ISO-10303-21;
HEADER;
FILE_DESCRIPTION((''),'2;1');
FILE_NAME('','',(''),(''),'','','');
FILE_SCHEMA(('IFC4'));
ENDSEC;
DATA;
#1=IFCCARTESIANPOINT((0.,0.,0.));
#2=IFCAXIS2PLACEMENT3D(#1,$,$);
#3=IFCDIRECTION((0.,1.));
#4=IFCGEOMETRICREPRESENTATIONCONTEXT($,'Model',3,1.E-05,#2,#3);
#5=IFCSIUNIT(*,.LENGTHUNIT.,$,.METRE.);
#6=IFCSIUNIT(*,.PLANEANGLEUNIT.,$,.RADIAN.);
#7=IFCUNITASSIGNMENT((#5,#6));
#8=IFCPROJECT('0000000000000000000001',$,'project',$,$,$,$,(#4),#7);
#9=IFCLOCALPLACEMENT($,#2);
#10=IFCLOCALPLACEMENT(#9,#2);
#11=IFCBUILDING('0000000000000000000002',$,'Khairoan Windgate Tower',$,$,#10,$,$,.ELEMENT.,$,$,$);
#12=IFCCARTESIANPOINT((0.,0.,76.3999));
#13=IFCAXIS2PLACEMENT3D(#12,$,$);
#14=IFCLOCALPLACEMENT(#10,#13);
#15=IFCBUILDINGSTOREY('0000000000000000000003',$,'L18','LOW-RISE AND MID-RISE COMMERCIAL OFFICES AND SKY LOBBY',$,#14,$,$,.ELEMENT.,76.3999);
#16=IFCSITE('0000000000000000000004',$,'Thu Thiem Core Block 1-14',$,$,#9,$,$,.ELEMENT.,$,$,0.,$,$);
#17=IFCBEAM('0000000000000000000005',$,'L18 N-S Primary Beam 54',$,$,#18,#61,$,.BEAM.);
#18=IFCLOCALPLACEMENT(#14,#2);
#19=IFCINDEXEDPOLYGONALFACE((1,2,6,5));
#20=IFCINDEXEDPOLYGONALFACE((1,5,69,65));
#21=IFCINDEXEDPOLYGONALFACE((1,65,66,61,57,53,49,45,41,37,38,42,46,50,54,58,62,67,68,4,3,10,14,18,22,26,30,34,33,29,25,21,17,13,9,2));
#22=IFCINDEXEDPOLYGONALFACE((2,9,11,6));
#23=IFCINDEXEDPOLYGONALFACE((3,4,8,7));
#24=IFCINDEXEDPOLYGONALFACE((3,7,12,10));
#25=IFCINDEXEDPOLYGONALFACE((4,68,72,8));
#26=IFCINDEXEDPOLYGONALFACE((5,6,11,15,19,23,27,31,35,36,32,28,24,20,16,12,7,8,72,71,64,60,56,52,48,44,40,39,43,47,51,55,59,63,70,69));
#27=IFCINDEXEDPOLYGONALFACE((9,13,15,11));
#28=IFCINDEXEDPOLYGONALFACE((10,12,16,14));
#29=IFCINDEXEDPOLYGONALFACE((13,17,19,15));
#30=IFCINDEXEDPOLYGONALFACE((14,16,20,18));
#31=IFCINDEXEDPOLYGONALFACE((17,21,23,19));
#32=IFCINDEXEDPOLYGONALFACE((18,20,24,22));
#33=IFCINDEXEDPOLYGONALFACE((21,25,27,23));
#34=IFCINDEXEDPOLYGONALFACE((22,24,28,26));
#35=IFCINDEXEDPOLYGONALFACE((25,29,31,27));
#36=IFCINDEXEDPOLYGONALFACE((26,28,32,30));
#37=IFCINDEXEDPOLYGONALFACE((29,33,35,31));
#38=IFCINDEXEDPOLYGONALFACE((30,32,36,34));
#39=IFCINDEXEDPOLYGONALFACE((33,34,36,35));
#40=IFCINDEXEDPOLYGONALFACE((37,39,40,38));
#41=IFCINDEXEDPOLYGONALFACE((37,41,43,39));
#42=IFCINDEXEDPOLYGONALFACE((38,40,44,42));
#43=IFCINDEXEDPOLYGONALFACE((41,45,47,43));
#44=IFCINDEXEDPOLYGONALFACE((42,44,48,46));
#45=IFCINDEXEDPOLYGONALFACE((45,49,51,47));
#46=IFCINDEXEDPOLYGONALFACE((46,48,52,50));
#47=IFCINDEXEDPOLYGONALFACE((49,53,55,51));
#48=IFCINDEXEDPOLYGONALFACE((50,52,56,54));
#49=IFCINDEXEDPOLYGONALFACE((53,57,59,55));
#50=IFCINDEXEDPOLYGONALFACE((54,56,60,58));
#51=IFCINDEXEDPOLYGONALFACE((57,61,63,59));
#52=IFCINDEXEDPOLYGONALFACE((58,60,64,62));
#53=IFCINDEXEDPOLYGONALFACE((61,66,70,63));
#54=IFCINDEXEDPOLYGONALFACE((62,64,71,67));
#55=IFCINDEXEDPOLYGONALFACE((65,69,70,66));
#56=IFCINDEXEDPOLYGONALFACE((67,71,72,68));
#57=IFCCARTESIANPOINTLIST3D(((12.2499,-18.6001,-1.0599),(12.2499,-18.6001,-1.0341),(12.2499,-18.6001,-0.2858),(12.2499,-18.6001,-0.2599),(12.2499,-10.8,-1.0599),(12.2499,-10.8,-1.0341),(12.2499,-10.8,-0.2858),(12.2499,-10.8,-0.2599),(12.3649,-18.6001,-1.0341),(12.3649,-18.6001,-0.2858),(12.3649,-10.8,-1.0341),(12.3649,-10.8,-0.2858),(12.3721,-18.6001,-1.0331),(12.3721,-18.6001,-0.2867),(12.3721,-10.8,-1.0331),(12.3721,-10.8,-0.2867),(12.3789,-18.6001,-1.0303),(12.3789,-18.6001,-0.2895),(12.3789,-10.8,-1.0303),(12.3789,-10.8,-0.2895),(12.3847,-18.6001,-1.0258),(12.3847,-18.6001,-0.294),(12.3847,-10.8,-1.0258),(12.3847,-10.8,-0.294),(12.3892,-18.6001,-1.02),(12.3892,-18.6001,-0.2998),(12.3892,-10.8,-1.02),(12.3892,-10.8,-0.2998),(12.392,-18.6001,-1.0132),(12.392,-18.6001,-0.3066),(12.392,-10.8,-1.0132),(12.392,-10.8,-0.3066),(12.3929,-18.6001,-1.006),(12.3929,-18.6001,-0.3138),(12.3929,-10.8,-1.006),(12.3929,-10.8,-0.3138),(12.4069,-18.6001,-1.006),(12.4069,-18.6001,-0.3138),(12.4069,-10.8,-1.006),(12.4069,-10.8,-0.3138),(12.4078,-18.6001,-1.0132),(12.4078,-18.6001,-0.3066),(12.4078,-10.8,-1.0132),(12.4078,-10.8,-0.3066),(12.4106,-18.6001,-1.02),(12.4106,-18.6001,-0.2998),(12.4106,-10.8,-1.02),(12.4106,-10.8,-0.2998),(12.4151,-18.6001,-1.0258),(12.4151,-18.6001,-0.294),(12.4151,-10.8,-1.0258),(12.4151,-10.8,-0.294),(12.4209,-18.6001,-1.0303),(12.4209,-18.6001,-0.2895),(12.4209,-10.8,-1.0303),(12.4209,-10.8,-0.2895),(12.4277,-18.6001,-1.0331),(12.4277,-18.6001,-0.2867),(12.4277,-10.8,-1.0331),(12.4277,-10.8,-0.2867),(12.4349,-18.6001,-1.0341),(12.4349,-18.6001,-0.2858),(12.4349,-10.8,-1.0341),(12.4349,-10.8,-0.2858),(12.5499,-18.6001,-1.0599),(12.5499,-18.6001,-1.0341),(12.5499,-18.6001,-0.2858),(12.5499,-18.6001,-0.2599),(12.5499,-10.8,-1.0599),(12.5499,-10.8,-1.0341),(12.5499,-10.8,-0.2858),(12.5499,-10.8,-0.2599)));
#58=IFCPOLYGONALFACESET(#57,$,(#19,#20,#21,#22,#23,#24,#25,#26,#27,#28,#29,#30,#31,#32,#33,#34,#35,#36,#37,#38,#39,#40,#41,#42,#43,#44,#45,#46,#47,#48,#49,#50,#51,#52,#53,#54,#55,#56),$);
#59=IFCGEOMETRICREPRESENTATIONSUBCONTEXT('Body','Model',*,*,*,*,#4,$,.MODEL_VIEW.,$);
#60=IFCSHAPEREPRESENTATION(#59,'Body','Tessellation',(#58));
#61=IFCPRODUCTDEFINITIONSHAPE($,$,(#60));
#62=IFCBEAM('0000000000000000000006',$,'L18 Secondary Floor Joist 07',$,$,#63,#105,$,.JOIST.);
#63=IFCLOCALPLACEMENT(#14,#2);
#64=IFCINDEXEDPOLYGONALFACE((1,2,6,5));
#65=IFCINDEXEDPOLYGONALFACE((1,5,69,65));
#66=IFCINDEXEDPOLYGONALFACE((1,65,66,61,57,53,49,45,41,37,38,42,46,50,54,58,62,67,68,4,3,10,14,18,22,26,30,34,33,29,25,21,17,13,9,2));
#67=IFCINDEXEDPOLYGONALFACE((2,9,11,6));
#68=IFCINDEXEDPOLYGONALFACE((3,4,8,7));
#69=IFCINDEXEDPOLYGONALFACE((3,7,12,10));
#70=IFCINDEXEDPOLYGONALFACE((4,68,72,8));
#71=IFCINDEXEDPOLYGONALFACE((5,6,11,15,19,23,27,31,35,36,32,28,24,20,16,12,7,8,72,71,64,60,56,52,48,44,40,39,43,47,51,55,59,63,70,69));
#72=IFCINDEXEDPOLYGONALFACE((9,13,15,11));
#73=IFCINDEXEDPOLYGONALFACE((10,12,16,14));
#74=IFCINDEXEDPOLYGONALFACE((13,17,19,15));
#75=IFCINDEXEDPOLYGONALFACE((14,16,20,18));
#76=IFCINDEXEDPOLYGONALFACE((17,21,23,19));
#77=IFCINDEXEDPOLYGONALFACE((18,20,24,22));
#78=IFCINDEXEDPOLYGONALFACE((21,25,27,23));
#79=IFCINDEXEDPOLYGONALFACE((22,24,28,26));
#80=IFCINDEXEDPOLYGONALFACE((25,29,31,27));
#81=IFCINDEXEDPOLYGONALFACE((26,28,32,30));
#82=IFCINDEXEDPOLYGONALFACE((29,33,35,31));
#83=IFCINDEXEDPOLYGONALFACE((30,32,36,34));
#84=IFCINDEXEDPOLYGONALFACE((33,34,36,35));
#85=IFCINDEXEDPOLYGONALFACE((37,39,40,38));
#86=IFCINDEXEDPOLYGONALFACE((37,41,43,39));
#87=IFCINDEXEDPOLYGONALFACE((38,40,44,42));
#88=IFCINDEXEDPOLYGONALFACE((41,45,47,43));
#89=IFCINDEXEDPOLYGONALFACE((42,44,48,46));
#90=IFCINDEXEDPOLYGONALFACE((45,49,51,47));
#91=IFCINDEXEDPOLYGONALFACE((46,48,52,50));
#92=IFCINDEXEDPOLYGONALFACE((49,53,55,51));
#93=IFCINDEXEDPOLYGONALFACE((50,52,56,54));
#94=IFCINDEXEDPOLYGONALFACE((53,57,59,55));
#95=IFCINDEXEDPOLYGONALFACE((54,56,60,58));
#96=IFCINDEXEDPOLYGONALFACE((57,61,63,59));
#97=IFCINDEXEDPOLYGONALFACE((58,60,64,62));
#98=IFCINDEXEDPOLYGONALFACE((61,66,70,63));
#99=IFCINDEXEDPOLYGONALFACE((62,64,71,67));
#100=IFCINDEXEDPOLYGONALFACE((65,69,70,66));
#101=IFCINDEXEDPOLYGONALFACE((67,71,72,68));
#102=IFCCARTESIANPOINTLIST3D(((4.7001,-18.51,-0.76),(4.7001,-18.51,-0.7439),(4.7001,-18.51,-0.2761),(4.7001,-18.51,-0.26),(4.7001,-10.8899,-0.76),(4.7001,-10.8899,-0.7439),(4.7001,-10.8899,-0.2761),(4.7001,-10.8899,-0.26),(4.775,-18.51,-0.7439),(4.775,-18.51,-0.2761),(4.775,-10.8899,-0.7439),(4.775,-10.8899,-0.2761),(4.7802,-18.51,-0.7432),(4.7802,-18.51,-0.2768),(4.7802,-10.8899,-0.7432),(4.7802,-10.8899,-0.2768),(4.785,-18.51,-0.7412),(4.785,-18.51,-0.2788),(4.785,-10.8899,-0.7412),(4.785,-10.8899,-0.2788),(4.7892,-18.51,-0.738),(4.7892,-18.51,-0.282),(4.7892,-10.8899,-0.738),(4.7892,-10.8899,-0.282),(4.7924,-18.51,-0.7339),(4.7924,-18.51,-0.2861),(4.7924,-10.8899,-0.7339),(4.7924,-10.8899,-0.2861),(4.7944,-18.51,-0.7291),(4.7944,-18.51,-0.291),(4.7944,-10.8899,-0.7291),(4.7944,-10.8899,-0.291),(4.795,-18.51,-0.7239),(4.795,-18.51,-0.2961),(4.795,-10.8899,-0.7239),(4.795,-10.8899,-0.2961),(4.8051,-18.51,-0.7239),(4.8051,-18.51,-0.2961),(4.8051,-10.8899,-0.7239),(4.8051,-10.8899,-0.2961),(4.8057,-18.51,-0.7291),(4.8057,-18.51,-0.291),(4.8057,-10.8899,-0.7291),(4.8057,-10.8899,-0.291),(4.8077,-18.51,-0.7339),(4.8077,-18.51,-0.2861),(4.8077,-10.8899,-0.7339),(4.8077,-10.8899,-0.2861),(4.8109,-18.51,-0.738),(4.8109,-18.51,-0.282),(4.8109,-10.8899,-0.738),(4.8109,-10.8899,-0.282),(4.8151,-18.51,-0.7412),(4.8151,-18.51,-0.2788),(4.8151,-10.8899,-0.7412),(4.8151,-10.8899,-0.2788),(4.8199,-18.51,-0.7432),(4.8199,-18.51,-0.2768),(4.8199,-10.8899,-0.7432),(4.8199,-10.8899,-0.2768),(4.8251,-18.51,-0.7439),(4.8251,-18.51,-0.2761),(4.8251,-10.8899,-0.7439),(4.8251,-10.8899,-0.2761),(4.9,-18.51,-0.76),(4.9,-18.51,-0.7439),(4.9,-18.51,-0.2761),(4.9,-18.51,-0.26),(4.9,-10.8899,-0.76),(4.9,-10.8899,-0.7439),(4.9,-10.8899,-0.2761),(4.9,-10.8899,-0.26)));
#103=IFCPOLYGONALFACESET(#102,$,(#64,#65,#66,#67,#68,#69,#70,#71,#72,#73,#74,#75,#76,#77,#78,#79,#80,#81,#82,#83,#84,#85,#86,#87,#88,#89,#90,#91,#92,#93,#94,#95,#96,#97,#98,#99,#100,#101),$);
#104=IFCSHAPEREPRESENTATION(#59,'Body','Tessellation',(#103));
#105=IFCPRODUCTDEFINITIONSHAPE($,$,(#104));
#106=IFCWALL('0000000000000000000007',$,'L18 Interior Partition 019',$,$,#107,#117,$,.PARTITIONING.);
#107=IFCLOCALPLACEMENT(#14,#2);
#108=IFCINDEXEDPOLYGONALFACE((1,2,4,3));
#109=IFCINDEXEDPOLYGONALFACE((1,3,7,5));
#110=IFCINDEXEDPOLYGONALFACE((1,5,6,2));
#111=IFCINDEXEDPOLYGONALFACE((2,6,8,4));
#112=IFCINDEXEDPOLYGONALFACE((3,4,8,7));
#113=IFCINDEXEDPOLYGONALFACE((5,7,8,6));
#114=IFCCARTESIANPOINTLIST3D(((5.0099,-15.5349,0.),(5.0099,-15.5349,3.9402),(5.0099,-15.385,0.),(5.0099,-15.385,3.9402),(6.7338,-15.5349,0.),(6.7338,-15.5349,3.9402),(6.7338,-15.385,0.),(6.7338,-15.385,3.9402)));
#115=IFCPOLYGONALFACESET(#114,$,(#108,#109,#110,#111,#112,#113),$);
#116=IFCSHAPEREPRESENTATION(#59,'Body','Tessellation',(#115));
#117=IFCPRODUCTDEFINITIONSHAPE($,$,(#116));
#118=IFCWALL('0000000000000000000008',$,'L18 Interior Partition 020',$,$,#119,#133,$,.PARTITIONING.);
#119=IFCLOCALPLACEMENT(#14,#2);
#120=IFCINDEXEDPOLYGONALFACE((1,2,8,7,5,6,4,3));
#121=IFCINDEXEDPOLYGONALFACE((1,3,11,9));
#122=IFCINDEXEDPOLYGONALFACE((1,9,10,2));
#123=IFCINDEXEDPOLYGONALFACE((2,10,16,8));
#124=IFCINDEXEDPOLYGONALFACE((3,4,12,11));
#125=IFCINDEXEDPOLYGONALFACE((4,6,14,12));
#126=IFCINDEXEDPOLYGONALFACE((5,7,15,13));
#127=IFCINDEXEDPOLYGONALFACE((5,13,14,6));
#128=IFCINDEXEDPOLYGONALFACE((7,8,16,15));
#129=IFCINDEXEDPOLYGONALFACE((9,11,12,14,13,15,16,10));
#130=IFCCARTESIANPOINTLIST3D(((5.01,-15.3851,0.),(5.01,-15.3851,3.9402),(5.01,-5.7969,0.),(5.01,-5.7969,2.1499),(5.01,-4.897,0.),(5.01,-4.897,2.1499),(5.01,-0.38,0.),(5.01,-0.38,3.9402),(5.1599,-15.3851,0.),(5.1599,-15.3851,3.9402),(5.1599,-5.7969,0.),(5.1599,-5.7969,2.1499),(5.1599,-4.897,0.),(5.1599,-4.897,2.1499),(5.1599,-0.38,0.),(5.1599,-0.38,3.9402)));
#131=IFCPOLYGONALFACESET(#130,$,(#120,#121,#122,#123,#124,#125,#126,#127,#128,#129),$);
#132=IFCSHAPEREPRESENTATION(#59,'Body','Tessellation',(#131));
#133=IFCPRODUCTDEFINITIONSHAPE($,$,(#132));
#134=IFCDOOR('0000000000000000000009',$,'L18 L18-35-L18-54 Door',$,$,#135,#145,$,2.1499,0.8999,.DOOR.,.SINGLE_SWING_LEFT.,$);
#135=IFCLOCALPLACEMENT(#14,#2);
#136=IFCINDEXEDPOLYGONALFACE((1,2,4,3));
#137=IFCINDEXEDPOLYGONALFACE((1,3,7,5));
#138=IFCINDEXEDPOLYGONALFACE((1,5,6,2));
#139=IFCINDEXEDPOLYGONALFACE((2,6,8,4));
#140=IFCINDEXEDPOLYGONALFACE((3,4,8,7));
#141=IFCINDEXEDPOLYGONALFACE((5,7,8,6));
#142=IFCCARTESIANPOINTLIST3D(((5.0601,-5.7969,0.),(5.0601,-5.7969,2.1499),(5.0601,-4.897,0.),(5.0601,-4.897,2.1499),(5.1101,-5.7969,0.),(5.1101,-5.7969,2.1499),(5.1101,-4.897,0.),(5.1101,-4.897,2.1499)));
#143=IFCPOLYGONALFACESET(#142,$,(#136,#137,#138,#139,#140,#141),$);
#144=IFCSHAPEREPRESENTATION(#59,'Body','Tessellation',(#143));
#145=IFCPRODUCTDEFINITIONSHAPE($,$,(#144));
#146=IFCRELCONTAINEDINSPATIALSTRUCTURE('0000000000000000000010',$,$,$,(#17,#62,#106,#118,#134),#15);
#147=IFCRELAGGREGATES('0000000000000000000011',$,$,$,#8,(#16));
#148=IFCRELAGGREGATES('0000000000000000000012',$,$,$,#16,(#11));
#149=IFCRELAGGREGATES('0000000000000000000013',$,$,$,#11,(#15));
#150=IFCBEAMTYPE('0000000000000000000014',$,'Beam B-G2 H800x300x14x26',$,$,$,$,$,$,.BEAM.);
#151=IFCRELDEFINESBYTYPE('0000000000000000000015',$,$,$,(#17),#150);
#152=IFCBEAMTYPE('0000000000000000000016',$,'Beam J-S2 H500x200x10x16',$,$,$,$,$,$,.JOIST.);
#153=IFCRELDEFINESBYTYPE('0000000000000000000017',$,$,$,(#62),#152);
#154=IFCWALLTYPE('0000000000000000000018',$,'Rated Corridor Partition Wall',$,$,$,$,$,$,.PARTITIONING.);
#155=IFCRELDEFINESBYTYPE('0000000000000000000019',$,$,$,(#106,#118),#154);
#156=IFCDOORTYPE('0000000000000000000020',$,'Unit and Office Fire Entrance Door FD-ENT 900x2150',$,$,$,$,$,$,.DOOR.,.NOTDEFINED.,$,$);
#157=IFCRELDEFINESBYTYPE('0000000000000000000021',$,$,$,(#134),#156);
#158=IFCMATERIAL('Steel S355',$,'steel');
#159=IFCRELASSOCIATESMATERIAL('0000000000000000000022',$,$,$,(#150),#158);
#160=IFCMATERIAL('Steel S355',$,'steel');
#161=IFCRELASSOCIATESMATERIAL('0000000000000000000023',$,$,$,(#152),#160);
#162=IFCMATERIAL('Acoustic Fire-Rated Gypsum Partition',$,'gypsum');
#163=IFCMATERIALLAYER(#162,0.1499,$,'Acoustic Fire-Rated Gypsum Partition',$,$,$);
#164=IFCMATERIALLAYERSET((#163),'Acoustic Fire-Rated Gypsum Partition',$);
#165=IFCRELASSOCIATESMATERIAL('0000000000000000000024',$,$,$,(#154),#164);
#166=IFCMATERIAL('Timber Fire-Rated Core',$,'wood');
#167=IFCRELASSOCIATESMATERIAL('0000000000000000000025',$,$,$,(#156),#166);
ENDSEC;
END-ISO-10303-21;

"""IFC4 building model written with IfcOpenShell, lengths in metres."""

from ifc_helpers import new_model, si_unit, direction, frame, frame_2d, origin, origin_2d, place, context, subcontext, project, spatial, rectangle, i_section, extrude, material, layer, layer_set, material_profile, profile_set, type_object, element, fill, save


model = new_model("IFC4")

# Units and contexts
model_context = context("Model", 3, precision=1e-05, world=origin(), true_north=direction((0.0, 1.0)))
body_context = subcontext(model_context, "Body", "Model", "MODEL_VIEW")
ifc_project = project(units=[si_unit("LENGTHUNIT", "METRE"), si_unit("PLANEANGLEUNIT", "RADIAN")], contexts=[model_context])

# Site, building, storey
site_placement = place(None, origin())
site = spatial("IfcSite", under=ifc_project, at=site_placement, Name="Thu Thiem Core Block 1-14", CompositionType="ELEMENT", RefElevation=0.0)
building_placement = place(site_placement, origin())
building = spatial("IfcBuilding", under=site, at=building_placement, Name="Khairoan Windgate Tower", CompositionType="ELEMENT")
storey_placement = place(building_placement, frame((0.0, 0.0, 76.3999)))
storey = spatial("IfcBuildingStorey", under=building, at=storey_placement, Name="L18", Description="LOW-RISE AND MID-RISE COMMERCIAL OFFICES AND SKY LOBBY", CompositionType="ELEMENT", Elevation=76.3999)

# Beams
ifc_material_1 = material(Name="Steel S355", Category="steel")
ifc_material_profile_1 = material_profile(ifc_material_1, i_section(OverallWidth=0.3, OverallDepth=0.8, WebThickness=0.0139, FlangeThickness=0.0259, FilletRadius=0.0281, at=origin_2d()))
ifc_profile_set_1 = profile_set([ifc_material_profile_1], Name="Steel S355")
beam_type_1 = type_object("IfcBeamType", Name="Beam B-G2 H800x300x14x26", PredefinedType="BEAM", material=ifc_profile_set_1)
for number, where, z_axis, x_axis, name in (
    (1, (12.3999, -18.6001, -0.6599), (0.0, 1.0, 0.0), (-1.0, 0.0, 0.0), "L18 N-S Primary Beam 54"),
):
    element("IfcBeam", number, at=place(storey_placement, frame(where, z_axis=z_axis, x_axis=x_axis)), inside=storey, type_object=beam_type_1, Name=name, PredefinedType="BEAM", context=body_context, shape_type="SweptSolid", body=[
        extrude(i_section(OverallWidth=0.3, OverallDepth=0.8, WebThickness=0.0139, FlangeThickness=0.0259, FilletRadius=0.0281, at=origin_2d()), origin(), (0.0, 0.0, 1.0), 7.8),
    ])
ifc_material_2 = material(Name="Steel S355", Category="steel")
ifc_material_profile_2 = material_profile(ifc_material_2, i_section(OverallWidth=0.2, OverallDepth=0.5, WebThickness=0.01, FlangeThickness=0.0161, FilletRadius=0.02, at=origin_2d()))
ifc_profile_set_2 = profile_set([ifc_material_profile_2], Name="Steel S355")
beam_type_2 = type_object("IfcBeamType", Name="Beam J-S2 H500x200x10x16", PredefinedType="JOIST", material=ifc_profile_set_2)
beam_1_placement = place(storey_placement, frame((4.8, -18.51, -0.51), z_axis=(0.0, 1.0, 0.0), x_axis=(-1.0, 0.0, 0.0)))
element("IfcBeam", 2, at=beam_1_placement, inside=storey, type_object=beam_type_2, Name="L18 Secondary Floor Joist 07", PredefinedType="JOIST", context=body_context, shape_type="SweptSolid", body=[
    extrude(i_section(OverallWidth=0.2, OverallDepth=0.5, WebThickness=0.01, FlangeThickness=0.0161, FilletRadius=0.02, at=origin_2d()), origin(), (0.0, 0.0, 1.0), 7.6201),
])

# Wall
ifc_material_3 = material(Name="Acoustic Fire-Rated Gypsum Partition", Category="gypsum")
ifc_layer = layer(ifc_material_3, 0.1499, Name="Acoustic Fire-Rated Gypsum Partition")
ifc_layer_set = layer_set([ifc_layer], Name="Acoustic Fire-Rated Gypsum Partition")
wall_type = type_object("IfcWallType", Name="Rated Corridor Partition Wall", PredefinedType="PARTITIONING", material=ifc_layer_set)
wall_1_placement = place(storey_placement, frame((5.01, -15.46, 0.0), z_axis=(0.0, 0.0, 1.0), x_axis=(1.0, 0.0, 0.0)))
element("IfcWall", 3, at=wall_1_placement, inside=storey, type_object=wall_type, Name="L18 Interior Partition 019", PredefinedType="PARTITIONING", context=body_context, shape_type="SweptSolid", body=[
    extrude(rectangle(XDim=1.7239, YDim=0.1499, at=frame_2d((0.8618, 0.0))), origin(), (0.0, 0.0, 1.0), 3.9402),
])

# Wall, opening, door
wall_2_placement = place(storey_placement, frame((5.085, -15.385, 0.0), z_axis=(0.0, 0.0, 1.0), x_axis=(0.0, 1.0, 0.0)))
wall_2 = element("IfcWall", 4, at=wall_2_placement, inside=storey, type_object=wall_type, Name="L18 Interior Partition 020", PredefinedType="PARTITIONING", context=body_context, shape_type="SweptSolid", body=[
    extrude(rectangle(XDim=15.0051, YDim=0.1499, at=frame_2d((7.5024, 0.0))), origin(), (0.0, 0.0, 1.0), 3.9402),
])
opening_placement = place(wall_2_placement, frame((9.5881, 0.0, 0.0)))
opening = element("IfcOpeningElement", 5, at=opening_placement, cuts=wall_2, PredefinedType="OPENING", context=body_context, shape_type="SweptSolid", body=[
    extrude(rectangle(XDim=0.8999, YDim=2.1499, at=frame_2d((0.45, 1.075))), frame((0.0, 0.085, 0.0), z_axis=(0.0, -1.0, 0.0), x_axis=(1.0, 0.0, 0.0)), (0.0, 0.0, 1.0), 0.1699),
])
ifc_material_4 = material(Name="Timber Fire-Rated Core", Category="wood")
door_type = type_object("IfcDoorType", Name="Unit and Office Fire Entrance Door FD-ENT 900x2150", OperationType="NOTDEFINED", PredefinedType="DOOR", material=ifc_material_4)
door_placement = place(opening_placement, origin())
door = element("IfcDoor", 6, at=door_placement, inside=storey, type_object=door_type, Name="L18 L18-35-L18-54 Door", OperationType="SINGLE_SWING_LEFT", OverallHeight=2.1499, OverallWidth=0.8999, PredefinedType="DOOR", context=body_context, shape_type="SweptSolid", body=[
    extrude(rectangle(XDim=0.8999, YDim=2.1499, at=frame_2d((0.45, 1.075))), frame((0.0, 0.0249, 0.0), z_axis=(0.0, -1.0, 0.0), x_axis=(1.0, 0.0, 0.0)), (0.0, 0.0, 1.0), 0.05),
])
fill(opening, door)

save(model, "model.ifc")
